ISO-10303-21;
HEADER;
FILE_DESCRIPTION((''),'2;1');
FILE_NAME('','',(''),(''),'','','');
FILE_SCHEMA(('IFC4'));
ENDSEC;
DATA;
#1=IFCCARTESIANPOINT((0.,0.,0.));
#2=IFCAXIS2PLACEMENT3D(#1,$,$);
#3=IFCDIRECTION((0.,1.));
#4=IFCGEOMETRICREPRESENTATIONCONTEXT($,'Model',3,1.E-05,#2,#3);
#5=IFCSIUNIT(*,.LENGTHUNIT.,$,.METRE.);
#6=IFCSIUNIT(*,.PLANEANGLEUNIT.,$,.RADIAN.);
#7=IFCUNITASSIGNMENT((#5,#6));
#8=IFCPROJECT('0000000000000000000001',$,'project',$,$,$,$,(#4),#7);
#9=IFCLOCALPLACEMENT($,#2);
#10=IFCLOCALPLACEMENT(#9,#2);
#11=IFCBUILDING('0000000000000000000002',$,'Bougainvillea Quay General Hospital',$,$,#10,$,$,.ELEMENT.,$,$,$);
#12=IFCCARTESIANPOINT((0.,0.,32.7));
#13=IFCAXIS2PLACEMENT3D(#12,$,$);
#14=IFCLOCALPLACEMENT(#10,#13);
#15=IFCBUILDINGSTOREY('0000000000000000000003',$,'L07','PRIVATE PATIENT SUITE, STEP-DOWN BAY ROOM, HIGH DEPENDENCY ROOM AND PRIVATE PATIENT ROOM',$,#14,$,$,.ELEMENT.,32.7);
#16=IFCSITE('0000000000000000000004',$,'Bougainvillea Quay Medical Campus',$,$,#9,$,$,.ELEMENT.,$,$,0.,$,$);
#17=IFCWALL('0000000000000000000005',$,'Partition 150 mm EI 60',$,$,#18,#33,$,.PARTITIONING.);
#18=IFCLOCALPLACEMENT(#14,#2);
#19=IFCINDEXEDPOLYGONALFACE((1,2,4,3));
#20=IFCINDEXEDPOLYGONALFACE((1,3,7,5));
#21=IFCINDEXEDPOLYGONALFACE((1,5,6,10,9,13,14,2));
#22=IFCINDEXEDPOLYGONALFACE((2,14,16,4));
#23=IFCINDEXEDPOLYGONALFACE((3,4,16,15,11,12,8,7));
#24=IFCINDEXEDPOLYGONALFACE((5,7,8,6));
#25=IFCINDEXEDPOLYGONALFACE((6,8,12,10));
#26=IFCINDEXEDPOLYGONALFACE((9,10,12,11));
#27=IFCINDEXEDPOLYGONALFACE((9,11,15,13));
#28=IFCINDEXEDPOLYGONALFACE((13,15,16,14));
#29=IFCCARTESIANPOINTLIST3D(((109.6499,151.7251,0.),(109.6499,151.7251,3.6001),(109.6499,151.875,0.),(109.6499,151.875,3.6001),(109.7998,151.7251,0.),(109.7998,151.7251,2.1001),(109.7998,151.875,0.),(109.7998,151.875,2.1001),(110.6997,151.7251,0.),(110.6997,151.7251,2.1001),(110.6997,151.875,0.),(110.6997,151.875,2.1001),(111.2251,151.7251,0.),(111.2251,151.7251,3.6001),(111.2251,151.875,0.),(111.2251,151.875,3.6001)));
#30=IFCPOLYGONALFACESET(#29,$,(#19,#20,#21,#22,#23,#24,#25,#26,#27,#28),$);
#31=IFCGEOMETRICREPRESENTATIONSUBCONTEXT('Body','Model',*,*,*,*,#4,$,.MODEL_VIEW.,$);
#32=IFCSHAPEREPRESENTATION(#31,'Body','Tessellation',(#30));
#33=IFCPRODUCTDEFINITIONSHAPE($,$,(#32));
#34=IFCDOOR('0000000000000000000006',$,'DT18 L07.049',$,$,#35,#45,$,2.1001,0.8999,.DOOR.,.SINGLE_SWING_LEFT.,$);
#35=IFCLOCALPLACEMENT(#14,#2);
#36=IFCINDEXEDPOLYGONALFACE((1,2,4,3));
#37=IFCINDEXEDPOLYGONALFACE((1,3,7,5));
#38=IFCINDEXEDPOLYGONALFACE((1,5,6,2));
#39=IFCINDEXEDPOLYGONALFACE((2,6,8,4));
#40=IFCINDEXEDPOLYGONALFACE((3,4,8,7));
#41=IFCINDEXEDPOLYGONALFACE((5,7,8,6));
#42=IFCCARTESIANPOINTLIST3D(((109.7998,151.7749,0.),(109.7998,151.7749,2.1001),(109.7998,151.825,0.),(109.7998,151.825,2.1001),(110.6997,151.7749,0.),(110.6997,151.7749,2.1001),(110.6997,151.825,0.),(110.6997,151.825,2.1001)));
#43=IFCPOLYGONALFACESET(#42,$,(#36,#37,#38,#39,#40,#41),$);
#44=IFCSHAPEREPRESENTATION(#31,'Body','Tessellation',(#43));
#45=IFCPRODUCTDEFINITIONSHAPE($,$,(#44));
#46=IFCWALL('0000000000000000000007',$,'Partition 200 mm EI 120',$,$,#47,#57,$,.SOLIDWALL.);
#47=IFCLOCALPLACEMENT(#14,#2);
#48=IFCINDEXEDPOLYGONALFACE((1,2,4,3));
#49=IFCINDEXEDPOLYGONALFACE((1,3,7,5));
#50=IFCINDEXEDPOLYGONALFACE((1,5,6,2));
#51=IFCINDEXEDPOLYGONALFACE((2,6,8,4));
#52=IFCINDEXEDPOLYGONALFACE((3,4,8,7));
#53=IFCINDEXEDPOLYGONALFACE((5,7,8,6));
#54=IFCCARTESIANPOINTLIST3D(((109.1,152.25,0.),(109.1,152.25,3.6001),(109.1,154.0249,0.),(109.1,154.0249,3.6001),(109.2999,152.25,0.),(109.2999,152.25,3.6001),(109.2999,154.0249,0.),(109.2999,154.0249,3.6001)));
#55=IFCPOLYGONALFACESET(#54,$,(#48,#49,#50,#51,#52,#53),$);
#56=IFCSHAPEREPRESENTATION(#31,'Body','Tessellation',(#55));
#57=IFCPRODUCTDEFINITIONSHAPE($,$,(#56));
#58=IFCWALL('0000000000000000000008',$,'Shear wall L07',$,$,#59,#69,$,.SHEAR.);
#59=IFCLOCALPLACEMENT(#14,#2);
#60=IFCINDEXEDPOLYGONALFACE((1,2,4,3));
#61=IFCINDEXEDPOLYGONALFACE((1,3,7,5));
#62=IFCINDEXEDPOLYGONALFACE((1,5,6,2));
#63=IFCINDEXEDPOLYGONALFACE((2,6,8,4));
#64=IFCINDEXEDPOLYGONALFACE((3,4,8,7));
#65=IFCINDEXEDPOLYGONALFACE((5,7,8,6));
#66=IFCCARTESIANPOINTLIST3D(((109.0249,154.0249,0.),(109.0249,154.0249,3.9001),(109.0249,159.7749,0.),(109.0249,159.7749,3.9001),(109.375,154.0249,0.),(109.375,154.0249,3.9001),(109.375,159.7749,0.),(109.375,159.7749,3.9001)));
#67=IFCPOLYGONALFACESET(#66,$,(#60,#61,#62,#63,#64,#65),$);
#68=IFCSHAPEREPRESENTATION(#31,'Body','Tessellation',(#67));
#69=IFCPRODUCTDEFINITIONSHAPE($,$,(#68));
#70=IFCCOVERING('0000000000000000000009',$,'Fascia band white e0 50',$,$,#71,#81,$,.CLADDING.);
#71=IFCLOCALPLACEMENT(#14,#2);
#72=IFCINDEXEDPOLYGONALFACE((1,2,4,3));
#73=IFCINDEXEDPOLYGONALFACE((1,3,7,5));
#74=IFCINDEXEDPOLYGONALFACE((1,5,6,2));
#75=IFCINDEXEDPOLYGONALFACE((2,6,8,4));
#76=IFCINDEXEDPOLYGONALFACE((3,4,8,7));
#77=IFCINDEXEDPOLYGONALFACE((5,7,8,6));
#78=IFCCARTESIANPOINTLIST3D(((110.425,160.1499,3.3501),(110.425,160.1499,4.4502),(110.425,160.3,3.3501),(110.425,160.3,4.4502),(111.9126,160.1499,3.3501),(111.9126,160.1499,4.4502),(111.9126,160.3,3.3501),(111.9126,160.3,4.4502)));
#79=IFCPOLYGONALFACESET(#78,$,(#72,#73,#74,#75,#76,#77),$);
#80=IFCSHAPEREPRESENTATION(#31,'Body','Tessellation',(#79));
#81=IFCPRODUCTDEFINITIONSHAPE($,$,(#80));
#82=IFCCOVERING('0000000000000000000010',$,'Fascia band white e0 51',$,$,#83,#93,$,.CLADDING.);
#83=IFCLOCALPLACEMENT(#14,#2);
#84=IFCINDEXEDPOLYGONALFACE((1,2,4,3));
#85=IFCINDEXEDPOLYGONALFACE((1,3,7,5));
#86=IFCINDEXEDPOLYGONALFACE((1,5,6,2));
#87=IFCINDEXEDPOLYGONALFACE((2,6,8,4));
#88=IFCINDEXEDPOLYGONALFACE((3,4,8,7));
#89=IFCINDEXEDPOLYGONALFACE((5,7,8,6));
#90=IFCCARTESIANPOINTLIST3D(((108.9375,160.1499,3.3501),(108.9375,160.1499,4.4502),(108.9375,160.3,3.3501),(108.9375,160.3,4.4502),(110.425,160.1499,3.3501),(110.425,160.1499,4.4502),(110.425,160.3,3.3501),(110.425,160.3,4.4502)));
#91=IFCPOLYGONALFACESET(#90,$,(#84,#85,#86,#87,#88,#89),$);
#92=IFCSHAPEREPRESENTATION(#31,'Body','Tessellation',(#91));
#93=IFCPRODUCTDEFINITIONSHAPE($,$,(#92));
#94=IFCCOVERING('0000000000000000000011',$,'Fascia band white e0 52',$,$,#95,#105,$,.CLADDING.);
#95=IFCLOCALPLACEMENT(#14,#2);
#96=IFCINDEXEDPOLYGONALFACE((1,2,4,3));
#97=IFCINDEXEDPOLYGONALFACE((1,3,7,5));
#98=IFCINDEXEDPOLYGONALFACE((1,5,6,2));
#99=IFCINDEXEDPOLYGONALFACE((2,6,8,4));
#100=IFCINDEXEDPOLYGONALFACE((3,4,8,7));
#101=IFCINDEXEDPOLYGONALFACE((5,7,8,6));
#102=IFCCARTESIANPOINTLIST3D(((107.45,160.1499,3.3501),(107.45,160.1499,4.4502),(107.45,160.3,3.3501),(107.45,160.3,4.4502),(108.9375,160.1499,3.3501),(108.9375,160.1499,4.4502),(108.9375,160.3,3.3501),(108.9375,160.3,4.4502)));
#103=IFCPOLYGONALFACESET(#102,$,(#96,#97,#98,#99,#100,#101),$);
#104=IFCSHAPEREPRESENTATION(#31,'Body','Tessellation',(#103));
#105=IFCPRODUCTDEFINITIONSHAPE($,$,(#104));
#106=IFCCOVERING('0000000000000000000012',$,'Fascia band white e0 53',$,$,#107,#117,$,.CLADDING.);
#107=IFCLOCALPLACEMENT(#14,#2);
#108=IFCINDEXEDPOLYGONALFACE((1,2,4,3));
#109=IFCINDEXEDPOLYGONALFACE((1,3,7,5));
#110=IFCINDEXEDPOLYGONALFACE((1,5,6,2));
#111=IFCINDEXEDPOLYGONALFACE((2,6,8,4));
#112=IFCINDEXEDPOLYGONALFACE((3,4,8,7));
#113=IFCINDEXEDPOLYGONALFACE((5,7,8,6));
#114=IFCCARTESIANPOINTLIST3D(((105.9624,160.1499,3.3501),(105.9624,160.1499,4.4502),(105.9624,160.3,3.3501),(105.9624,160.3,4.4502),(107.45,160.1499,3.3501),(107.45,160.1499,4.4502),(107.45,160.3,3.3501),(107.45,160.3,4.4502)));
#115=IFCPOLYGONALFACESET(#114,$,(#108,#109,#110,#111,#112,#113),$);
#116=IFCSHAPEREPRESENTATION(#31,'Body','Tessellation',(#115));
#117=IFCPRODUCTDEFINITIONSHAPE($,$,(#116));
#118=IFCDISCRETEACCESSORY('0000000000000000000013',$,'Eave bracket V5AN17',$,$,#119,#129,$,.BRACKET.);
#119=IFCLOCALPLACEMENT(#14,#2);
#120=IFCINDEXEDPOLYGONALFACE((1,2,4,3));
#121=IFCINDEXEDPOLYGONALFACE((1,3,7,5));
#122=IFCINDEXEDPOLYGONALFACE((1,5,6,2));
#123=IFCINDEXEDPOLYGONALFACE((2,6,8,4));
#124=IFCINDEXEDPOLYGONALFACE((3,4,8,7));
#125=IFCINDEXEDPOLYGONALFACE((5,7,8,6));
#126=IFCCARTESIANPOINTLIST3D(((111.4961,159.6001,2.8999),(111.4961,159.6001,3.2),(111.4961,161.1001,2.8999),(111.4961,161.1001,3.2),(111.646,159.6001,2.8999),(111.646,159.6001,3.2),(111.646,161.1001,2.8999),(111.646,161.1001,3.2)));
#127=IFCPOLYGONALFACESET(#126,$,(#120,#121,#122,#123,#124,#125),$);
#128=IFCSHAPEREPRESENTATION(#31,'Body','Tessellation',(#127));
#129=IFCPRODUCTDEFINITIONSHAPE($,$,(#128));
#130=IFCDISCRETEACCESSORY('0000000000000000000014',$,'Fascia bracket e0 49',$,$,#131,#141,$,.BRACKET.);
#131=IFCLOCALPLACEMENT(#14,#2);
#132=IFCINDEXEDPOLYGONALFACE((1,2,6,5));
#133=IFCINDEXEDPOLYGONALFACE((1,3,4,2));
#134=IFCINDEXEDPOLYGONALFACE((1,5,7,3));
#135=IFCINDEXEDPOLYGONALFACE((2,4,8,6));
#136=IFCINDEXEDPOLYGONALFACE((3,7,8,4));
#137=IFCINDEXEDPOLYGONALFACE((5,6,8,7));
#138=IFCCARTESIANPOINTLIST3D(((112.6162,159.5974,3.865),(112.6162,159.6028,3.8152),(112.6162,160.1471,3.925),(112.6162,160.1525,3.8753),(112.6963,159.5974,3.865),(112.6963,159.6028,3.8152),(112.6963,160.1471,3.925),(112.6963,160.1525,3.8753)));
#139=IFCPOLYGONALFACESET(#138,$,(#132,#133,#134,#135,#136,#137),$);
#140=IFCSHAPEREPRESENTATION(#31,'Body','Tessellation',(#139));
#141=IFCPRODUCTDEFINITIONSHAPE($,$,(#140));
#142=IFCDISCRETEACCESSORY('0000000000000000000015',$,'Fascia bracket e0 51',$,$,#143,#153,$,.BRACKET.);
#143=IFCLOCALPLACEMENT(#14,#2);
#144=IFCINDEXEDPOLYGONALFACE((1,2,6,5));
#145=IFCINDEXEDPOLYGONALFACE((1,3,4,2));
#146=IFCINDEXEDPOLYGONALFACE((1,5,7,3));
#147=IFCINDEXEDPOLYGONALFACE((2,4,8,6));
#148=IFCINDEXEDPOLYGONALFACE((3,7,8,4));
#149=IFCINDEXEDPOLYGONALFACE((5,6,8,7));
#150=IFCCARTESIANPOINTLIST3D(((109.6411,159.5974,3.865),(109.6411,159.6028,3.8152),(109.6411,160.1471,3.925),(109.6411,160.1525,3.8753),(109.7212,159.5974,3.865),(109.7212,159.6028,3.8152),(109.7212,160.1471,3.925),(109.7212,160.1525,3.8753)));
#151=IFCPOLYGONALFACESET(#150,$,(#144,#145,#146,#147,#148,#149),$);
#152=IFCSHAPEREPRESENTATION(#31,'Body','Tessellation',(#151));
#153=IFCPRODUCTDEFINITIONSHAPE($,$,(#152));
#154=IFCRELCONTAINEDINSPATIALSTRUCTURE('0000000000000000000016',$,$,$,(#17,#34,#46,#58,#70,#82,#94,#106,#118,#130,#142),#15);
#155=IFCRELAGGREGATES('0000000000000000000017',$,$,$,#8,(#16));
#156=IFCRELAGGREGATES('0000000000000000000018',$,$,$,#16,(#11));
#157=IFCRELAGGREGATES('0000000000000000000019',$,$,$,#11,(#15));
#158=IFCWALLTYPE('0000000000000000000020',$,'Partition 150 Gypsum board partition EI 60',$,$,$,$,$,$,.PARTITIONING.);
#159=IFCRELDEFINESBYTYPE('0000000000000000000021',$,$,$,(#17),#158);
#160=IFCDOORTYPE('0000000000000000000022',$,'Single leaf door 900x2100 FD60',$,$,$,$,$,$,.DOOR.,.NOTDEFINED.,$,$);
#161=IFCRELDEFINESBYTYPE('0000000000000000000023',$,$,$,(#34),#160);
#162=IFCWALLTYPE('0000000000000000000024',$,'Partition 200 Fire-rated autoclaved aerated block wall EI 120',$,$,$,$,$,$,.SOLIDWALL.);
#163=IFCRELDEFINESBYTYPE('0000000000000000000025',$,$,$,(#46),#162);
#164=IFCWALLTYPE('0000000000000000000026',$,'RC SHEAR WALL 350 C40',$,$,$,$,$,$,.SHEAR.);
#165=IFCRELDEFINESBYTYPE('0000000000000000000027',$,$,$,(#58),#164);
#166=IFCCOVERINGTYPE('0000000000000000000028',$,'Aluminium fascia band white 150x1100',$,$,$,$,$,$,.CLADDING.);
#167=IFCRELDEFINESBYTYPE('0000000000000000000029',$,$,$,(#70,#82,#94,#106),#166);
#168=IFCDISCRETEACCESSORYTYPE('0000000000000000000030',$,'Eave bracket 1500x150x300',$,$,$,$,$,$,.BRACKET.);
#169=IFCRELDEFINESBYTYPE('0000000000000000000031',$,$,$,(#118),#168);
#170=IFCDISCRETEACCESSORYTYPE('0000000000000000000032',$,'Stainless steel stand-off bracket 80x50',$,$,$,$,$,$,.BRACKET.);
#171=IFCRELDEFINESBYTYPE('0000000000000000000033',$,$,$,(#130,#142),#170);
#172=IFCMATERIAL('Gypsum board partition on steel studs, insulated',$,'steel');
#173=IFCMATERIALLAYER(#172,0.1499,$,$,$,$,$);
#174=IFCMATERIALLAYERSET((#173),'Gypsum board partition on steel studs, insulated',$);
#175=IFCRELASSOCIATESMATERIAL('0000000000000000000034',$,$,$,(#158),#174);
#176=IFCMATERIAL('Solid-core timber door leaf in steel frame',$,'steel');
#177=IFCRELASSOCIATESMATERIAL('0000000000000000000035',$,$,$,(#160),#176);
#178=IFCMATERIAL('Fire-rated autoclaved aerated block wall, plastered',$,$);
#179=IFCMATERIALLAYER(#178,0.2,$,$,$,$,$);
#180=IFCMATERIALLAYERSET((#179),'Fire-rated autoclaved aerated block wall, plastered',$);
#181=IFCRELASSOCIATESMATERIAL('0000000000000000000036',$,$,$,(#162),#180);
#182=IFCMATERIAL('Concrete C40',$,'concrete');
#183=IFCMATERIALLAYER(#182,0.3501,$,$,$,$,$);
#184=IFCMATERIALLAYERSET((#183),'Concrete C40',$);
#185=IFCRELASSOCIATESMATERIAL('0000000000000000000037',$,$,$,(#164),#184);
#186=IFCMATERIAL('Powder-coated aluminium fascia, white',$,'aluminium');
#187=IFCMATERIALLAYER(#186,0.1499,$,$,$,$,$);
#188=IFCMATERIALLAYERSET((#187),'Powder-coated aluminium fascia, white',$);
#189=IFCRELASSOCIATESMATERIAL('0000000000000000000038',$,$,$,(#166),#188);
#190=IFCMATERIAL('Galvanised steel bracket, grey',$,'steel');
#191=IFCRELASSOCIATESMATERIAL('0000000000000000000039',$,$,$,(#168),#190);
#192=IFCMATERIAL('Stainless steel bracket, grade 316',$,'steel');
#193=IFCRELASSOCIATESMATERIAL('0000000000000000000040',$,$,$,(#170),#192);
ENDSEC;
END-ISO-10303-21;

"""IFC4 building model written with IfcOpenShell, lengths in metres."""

from ifc_helpers import new_model, si_unit, direction, frame, frame_2d, origin, origin_2d, place, context, subcontext, project, spatial, polyline, rectangle, outline, extrude, material, layer, layer_set, material_profile, profile_set, type_object, element, fill, save


model = new_model("IFC4")

# Units and contexts
model_context = context("Model", 3, precision=1e-05, world=origin(), true_north=direction((0.0, 1.0)))
body_context = subcontext(model_context, "Body", "Model", "MODEL_VIEW")
ifc_project = project(units=[si_unit("LENGTHUNIT", "METRE"), si_unit("PLANEANGLEUNIT", "RADIAN")], contexts=[model_context])

# Site, building, storey
site_placement = place(None, origin())
site = spatial("IfcSite", under=ifc_project, at=site_placement, Name="Bougainvillea Quay Medical Campus", CompositionType="ELEMENT", RefElevation=0.0)
building_placement = place(site_placement, origin())
building = spatial("IfcBuilding", under=site, at=building_placement, Name="Bougainvillea Quay General Hospital", CompositionType="ELEMENT")
storey_placement = place(building_placement, frame((0.0, 0.0, 32.7)))
storey = spatial("IfcBuildingStorey", under=building, at=storey_placement, Name="L07", Description="PRIVATE PATIENT SUITE, STEP-DOWN BAY ROOM, HIGH DEPENDENCY ROOM AND PRIVATE PATIENT ROOM", CompositionType="ELEMENT", Elevation=32.7)

# Shared definitions
ifc_material_1 = material(Name="Concrete C40", Category="concrete")

# Shared definitions
ifc_material_2 = material(Name="Gypsum board partition on steel studs, insulated", Category="steel")

# Wall, opening, door
ifc_layer_1 = layer(ifc_material_2, 0.1499)
ifc_layer_set_1 = layer_set([ifc_layer_1], Name="Gypsum board partition on steel studs, insulated")
wall_type_1 = type_object("IfcWallType", Name="Partition 150 Gypsum board partition EI 60", PredefinedType="PARTITIONING", material=ifc_layer_set_1)
wall_1_placement = place(storey_placement, frame((109.6499, 151.8, 0.0), z_axis=(0.0, 0.0, 1.0), x_axis=(1.0, 0.0, 0.0)))
wall_1 = element("IfcWall", 1, at=wall_1_placement, inside=storey, type_object=wall_type_1, Name="Partition 150 mm EI 60", PredefinedType="PARTITIONING", context=body_context, shape_type="SweptSolid", body=[
    extrude(rectangle(XDim=1.5752, YDim=0.1499, at=frame_2d((0.7876, 0.0))), origin(), (0.0, 0.0, 1.0), 3.6001),
])
opening_placement = place(wall_1_placement, frame((0.1499, 0.0, 0.0)))
opening = element("IfcOpeningElement", 2, at=opening_placement, cuts=wall_1, PredefinedType="OPENING", context=body_context, shape_type="SweptSolid", body=[
    extrude(rectangle(XDim=0.8999, YDim=2.1001, at=frame_2d((0.45, 1.05))), frame((0.0, 0.085, 0.0), z_axis=(0.0, -1.0, 0.0), x_axis=(1.0, 0.0, 0.0)), (0.0, 0.0, 1.0), 0.1699),
])
ifc_material_3 = material(Name="Solid-core timber door leaf in steel frame", Category="steel")
door_type = type_object("IfcDoorType", Name="Single leaf door 900x2100 FD60", OperationType="NOTDEFINED", PredefinedType="DOOR", material=ifc_material_3)
door_placement = place(opening_placement, origin())
door = element("IfcDoor", 3, at=door_placement, inside=storey, type_object=door_type, Name="DT18 L07.049", OperationType="SINGLE_SWING_LEFT", OverallHeight=2.1001, OverallWidth=0.8999, PredefinedType="DOOR", context=body_context, shape_type="SweptSolid", body=[
    extrude(rectangle(XDim=0.8999, YDim=2.1001, at=frame_2d((0.45, 1.05))), frame((0.0, 0.0249, 0.0), z_axis=(0.0, -1.0, 0.0), x_axis=(1.0, 0.0, 0.0)), (0.0, 0.0, 1.0), 0.05),
])
fill(opening, door)

# Walls
ifc_material_4 = material(Name="Fire-rated autoclaved aerated block wall, plastered")
ifc_layer_2 = layer(ifc_material_4, 0.2)
ifc_layer_set_2 = layer_set([ifc_layer_2], Name="Fire-rated autoclaved aerated block wall, plastered")
wall_type_2 = type_object("IfcWallType", Name="Partition 200 Fire-rated autoclaved aerated block wall EI 120", PredefinedType="SOLIDWALL", material=ifc_layer_set_2)
wall_2_placement = place(storey_placement, frame((109.2, 154.0249, 0.0), z_axis=(0.0, 0.0, 1.0), x_axis=(0.0, -1.0, 0.0)))
element("IfcWall", 4, at=wall_2_placement, inside=storey, type_object=wall_type_2, Name="Partition 200 mm EI 120", PredefinedType="SOLIDWALL", context=body_context, shape_type="SweptSolid", body=[
    extrude(rectangle(XDim=1.7749, YDim=0.2, at=frame_2d((0.8875, 0.0))), origin(), (0.0, 0.0, 1.0), 3.6001),
])
ifc_layer_3 = layer(ifc_material_1, 0.3501)
ifc_layer_set_3 = layer_set([ifc_layer_3], Name="Concrete C40")
wall_type_3 = type_object("IfcWallType", Name="RC SHEAR WALL 350 C40", PredefinedType="SHEAR", material=ifc_layer_set_3)
wall_3_placement = place(storey_placement, frame((109.2, 154.0249, 0.0), z_axis=(0.0, 0.0, 1.0), x_axis=(0.0, 1.0, 0.0)))
element("IfcWall", 5, at=wall_3_placement, inside=storey, type_object=wall_type_3, Name="Shear wall L07", PredefinedType="SHEAR", context=body_context, shape_type="SweptSolid", body=[
    extrude(rectangle(XDim=5.75, YDim=0.3501, at=frame_2d((2.875, 0.0))), origin(), (0.0, 0.0, 1.0), 3.9001),
])

# Coverings
ifc_material_5 = material(Name="Powder-coated aluminium fascia, white", Category="aluminium")
ifc_layer_4 = layer(ifc_material_5, 0.1499)
ifc_layer_set_4 = layer_set([ifc_layer_4], Name="Powder-coated aluminium fascia, white")
covering_type = type_object("IfcCoveringType", Name="Aluminium fascia band white 150x1100", PredefinedType="CLADDING", material=ifc_layer_set_4)
for number, where, z_axis, x_axis, name in (
    (6, (111.9126, 160.1499, 3.3501), (0.0, 0.0, 1.0), (-1.0, 0.0, 0.0), "Fascia band white e0 50"),
    (7, (110.425, 160.1499, 3.3501), (0.0, 0.0, 1.0), (-1.0, 0.0, 0.0), "Fascia band white e0 51"),
    (8, (108.9375, 160.1499, 3.3501), (0.0, 0.0, 1.0), (-1.0, 0.0, 0.0), "Fascia band white e0 52"),
    (9, (107.45, 160.1499, 3.3501), (0.0, 0.0, 1.0), (-1.0, 0.0, 0.0), "Fascia band white e0 53"),
):
    element("IfcCovering", number, at=place(storey_placement, frame(where, z_axis=z_axis, x_axis=x_axis)), inside=storey, type_object=covering_type, Name=name, PredefinedType="CLADDING", context=body_context, shape_type="SweptSolid", body=[
        extrude(outline(polyline([(0.0, 0.0), (1.4875, 0.0), (1.4875, -0.1501), (0.0, -0.1501), (0.0, 0.0)])), origin(), (0.0, 0.0, 1.0), 1.1001),
    ])

# Discrete accessories
ifc_material_6 = material(Name="Galvanised steel bracket, grey", Category="steel")
discrete_accessory_type_1 = type_object("IfcDiscreteAccessoryType", Name="Eave bracket 1500x150x300", PredefinedType="BRACKET", material=ifc_material_6)
discrete_accessory_placement = place(storey_placement, frame((111.571, 160.3501, 2.8999), z_axis=(0.0, 0.0, 1.0), x_axis=(1.0, 0.0, 0.0)))
element("IfcDiscreteAccessory", 10, at=discrete_accessory_placement, inside=storey, type_object=discrete_accessory_type_1, Name="Eave bracket V5AN17", PredefinedType="BRACKET", context=body_context, shape_type="SweptSolid", body=[
    extrude(rectangle(XDim=0.1499, YDim=1.5, at=origin_2d()), origin(), (0.0, 0.0, 1.0), 0.3),
])
ifc_material_7 = material(Name="Stainless steel bracket, grade 316", Category="steel")
ifc_material_profile_1 = material_profile(ifc_material_7, rectangle(XDim=0.0801, YDim=0.05, at=origin_2d()))
ifc_profile_set_1 = profile_set([ifc_material_profile_1], Name="Stainless steel bracket, grade 316")
discrete_accessory_type_2 = type_object("IfcDiscreteAccessoryType", Name="Stainless steel stand-off bracket 80x50", PredefinedType="BRACKET", material=ifc_profile_set_1)
for number, where, z_axis, x_axis, name in (
    (11, (112.6562, 159.6001, 3.8401), (0.0, 0.994087, 0.10859), (-1.0, 0.0, 0.0), "Fascia bracket e0 49"),
    (12, (109.6812, 159.6001, 3.8401), (0.0, 0.994087, 0.10859), (-1.0, 0.0, 0.0), "Fascia bracket e0 51"),
):
    element("IfcDiscreteAccessory", number, at=place(storey_placement, frame(where, z_axis=z_axis, x_axis=x_axis)), inside=storey, type_object=discrete_accessory_type_2, Name=name, PredefinedType="BRACKET", context=body_context, shape_type="SweptSolid", body=[
        extrude(rectangle(XDim=0.0801, YDim=0.05, at=origin_2d()), origin(), (0.0, 0.0, 1.0), 0.553),
    ])

save(model, "model.ifc")
